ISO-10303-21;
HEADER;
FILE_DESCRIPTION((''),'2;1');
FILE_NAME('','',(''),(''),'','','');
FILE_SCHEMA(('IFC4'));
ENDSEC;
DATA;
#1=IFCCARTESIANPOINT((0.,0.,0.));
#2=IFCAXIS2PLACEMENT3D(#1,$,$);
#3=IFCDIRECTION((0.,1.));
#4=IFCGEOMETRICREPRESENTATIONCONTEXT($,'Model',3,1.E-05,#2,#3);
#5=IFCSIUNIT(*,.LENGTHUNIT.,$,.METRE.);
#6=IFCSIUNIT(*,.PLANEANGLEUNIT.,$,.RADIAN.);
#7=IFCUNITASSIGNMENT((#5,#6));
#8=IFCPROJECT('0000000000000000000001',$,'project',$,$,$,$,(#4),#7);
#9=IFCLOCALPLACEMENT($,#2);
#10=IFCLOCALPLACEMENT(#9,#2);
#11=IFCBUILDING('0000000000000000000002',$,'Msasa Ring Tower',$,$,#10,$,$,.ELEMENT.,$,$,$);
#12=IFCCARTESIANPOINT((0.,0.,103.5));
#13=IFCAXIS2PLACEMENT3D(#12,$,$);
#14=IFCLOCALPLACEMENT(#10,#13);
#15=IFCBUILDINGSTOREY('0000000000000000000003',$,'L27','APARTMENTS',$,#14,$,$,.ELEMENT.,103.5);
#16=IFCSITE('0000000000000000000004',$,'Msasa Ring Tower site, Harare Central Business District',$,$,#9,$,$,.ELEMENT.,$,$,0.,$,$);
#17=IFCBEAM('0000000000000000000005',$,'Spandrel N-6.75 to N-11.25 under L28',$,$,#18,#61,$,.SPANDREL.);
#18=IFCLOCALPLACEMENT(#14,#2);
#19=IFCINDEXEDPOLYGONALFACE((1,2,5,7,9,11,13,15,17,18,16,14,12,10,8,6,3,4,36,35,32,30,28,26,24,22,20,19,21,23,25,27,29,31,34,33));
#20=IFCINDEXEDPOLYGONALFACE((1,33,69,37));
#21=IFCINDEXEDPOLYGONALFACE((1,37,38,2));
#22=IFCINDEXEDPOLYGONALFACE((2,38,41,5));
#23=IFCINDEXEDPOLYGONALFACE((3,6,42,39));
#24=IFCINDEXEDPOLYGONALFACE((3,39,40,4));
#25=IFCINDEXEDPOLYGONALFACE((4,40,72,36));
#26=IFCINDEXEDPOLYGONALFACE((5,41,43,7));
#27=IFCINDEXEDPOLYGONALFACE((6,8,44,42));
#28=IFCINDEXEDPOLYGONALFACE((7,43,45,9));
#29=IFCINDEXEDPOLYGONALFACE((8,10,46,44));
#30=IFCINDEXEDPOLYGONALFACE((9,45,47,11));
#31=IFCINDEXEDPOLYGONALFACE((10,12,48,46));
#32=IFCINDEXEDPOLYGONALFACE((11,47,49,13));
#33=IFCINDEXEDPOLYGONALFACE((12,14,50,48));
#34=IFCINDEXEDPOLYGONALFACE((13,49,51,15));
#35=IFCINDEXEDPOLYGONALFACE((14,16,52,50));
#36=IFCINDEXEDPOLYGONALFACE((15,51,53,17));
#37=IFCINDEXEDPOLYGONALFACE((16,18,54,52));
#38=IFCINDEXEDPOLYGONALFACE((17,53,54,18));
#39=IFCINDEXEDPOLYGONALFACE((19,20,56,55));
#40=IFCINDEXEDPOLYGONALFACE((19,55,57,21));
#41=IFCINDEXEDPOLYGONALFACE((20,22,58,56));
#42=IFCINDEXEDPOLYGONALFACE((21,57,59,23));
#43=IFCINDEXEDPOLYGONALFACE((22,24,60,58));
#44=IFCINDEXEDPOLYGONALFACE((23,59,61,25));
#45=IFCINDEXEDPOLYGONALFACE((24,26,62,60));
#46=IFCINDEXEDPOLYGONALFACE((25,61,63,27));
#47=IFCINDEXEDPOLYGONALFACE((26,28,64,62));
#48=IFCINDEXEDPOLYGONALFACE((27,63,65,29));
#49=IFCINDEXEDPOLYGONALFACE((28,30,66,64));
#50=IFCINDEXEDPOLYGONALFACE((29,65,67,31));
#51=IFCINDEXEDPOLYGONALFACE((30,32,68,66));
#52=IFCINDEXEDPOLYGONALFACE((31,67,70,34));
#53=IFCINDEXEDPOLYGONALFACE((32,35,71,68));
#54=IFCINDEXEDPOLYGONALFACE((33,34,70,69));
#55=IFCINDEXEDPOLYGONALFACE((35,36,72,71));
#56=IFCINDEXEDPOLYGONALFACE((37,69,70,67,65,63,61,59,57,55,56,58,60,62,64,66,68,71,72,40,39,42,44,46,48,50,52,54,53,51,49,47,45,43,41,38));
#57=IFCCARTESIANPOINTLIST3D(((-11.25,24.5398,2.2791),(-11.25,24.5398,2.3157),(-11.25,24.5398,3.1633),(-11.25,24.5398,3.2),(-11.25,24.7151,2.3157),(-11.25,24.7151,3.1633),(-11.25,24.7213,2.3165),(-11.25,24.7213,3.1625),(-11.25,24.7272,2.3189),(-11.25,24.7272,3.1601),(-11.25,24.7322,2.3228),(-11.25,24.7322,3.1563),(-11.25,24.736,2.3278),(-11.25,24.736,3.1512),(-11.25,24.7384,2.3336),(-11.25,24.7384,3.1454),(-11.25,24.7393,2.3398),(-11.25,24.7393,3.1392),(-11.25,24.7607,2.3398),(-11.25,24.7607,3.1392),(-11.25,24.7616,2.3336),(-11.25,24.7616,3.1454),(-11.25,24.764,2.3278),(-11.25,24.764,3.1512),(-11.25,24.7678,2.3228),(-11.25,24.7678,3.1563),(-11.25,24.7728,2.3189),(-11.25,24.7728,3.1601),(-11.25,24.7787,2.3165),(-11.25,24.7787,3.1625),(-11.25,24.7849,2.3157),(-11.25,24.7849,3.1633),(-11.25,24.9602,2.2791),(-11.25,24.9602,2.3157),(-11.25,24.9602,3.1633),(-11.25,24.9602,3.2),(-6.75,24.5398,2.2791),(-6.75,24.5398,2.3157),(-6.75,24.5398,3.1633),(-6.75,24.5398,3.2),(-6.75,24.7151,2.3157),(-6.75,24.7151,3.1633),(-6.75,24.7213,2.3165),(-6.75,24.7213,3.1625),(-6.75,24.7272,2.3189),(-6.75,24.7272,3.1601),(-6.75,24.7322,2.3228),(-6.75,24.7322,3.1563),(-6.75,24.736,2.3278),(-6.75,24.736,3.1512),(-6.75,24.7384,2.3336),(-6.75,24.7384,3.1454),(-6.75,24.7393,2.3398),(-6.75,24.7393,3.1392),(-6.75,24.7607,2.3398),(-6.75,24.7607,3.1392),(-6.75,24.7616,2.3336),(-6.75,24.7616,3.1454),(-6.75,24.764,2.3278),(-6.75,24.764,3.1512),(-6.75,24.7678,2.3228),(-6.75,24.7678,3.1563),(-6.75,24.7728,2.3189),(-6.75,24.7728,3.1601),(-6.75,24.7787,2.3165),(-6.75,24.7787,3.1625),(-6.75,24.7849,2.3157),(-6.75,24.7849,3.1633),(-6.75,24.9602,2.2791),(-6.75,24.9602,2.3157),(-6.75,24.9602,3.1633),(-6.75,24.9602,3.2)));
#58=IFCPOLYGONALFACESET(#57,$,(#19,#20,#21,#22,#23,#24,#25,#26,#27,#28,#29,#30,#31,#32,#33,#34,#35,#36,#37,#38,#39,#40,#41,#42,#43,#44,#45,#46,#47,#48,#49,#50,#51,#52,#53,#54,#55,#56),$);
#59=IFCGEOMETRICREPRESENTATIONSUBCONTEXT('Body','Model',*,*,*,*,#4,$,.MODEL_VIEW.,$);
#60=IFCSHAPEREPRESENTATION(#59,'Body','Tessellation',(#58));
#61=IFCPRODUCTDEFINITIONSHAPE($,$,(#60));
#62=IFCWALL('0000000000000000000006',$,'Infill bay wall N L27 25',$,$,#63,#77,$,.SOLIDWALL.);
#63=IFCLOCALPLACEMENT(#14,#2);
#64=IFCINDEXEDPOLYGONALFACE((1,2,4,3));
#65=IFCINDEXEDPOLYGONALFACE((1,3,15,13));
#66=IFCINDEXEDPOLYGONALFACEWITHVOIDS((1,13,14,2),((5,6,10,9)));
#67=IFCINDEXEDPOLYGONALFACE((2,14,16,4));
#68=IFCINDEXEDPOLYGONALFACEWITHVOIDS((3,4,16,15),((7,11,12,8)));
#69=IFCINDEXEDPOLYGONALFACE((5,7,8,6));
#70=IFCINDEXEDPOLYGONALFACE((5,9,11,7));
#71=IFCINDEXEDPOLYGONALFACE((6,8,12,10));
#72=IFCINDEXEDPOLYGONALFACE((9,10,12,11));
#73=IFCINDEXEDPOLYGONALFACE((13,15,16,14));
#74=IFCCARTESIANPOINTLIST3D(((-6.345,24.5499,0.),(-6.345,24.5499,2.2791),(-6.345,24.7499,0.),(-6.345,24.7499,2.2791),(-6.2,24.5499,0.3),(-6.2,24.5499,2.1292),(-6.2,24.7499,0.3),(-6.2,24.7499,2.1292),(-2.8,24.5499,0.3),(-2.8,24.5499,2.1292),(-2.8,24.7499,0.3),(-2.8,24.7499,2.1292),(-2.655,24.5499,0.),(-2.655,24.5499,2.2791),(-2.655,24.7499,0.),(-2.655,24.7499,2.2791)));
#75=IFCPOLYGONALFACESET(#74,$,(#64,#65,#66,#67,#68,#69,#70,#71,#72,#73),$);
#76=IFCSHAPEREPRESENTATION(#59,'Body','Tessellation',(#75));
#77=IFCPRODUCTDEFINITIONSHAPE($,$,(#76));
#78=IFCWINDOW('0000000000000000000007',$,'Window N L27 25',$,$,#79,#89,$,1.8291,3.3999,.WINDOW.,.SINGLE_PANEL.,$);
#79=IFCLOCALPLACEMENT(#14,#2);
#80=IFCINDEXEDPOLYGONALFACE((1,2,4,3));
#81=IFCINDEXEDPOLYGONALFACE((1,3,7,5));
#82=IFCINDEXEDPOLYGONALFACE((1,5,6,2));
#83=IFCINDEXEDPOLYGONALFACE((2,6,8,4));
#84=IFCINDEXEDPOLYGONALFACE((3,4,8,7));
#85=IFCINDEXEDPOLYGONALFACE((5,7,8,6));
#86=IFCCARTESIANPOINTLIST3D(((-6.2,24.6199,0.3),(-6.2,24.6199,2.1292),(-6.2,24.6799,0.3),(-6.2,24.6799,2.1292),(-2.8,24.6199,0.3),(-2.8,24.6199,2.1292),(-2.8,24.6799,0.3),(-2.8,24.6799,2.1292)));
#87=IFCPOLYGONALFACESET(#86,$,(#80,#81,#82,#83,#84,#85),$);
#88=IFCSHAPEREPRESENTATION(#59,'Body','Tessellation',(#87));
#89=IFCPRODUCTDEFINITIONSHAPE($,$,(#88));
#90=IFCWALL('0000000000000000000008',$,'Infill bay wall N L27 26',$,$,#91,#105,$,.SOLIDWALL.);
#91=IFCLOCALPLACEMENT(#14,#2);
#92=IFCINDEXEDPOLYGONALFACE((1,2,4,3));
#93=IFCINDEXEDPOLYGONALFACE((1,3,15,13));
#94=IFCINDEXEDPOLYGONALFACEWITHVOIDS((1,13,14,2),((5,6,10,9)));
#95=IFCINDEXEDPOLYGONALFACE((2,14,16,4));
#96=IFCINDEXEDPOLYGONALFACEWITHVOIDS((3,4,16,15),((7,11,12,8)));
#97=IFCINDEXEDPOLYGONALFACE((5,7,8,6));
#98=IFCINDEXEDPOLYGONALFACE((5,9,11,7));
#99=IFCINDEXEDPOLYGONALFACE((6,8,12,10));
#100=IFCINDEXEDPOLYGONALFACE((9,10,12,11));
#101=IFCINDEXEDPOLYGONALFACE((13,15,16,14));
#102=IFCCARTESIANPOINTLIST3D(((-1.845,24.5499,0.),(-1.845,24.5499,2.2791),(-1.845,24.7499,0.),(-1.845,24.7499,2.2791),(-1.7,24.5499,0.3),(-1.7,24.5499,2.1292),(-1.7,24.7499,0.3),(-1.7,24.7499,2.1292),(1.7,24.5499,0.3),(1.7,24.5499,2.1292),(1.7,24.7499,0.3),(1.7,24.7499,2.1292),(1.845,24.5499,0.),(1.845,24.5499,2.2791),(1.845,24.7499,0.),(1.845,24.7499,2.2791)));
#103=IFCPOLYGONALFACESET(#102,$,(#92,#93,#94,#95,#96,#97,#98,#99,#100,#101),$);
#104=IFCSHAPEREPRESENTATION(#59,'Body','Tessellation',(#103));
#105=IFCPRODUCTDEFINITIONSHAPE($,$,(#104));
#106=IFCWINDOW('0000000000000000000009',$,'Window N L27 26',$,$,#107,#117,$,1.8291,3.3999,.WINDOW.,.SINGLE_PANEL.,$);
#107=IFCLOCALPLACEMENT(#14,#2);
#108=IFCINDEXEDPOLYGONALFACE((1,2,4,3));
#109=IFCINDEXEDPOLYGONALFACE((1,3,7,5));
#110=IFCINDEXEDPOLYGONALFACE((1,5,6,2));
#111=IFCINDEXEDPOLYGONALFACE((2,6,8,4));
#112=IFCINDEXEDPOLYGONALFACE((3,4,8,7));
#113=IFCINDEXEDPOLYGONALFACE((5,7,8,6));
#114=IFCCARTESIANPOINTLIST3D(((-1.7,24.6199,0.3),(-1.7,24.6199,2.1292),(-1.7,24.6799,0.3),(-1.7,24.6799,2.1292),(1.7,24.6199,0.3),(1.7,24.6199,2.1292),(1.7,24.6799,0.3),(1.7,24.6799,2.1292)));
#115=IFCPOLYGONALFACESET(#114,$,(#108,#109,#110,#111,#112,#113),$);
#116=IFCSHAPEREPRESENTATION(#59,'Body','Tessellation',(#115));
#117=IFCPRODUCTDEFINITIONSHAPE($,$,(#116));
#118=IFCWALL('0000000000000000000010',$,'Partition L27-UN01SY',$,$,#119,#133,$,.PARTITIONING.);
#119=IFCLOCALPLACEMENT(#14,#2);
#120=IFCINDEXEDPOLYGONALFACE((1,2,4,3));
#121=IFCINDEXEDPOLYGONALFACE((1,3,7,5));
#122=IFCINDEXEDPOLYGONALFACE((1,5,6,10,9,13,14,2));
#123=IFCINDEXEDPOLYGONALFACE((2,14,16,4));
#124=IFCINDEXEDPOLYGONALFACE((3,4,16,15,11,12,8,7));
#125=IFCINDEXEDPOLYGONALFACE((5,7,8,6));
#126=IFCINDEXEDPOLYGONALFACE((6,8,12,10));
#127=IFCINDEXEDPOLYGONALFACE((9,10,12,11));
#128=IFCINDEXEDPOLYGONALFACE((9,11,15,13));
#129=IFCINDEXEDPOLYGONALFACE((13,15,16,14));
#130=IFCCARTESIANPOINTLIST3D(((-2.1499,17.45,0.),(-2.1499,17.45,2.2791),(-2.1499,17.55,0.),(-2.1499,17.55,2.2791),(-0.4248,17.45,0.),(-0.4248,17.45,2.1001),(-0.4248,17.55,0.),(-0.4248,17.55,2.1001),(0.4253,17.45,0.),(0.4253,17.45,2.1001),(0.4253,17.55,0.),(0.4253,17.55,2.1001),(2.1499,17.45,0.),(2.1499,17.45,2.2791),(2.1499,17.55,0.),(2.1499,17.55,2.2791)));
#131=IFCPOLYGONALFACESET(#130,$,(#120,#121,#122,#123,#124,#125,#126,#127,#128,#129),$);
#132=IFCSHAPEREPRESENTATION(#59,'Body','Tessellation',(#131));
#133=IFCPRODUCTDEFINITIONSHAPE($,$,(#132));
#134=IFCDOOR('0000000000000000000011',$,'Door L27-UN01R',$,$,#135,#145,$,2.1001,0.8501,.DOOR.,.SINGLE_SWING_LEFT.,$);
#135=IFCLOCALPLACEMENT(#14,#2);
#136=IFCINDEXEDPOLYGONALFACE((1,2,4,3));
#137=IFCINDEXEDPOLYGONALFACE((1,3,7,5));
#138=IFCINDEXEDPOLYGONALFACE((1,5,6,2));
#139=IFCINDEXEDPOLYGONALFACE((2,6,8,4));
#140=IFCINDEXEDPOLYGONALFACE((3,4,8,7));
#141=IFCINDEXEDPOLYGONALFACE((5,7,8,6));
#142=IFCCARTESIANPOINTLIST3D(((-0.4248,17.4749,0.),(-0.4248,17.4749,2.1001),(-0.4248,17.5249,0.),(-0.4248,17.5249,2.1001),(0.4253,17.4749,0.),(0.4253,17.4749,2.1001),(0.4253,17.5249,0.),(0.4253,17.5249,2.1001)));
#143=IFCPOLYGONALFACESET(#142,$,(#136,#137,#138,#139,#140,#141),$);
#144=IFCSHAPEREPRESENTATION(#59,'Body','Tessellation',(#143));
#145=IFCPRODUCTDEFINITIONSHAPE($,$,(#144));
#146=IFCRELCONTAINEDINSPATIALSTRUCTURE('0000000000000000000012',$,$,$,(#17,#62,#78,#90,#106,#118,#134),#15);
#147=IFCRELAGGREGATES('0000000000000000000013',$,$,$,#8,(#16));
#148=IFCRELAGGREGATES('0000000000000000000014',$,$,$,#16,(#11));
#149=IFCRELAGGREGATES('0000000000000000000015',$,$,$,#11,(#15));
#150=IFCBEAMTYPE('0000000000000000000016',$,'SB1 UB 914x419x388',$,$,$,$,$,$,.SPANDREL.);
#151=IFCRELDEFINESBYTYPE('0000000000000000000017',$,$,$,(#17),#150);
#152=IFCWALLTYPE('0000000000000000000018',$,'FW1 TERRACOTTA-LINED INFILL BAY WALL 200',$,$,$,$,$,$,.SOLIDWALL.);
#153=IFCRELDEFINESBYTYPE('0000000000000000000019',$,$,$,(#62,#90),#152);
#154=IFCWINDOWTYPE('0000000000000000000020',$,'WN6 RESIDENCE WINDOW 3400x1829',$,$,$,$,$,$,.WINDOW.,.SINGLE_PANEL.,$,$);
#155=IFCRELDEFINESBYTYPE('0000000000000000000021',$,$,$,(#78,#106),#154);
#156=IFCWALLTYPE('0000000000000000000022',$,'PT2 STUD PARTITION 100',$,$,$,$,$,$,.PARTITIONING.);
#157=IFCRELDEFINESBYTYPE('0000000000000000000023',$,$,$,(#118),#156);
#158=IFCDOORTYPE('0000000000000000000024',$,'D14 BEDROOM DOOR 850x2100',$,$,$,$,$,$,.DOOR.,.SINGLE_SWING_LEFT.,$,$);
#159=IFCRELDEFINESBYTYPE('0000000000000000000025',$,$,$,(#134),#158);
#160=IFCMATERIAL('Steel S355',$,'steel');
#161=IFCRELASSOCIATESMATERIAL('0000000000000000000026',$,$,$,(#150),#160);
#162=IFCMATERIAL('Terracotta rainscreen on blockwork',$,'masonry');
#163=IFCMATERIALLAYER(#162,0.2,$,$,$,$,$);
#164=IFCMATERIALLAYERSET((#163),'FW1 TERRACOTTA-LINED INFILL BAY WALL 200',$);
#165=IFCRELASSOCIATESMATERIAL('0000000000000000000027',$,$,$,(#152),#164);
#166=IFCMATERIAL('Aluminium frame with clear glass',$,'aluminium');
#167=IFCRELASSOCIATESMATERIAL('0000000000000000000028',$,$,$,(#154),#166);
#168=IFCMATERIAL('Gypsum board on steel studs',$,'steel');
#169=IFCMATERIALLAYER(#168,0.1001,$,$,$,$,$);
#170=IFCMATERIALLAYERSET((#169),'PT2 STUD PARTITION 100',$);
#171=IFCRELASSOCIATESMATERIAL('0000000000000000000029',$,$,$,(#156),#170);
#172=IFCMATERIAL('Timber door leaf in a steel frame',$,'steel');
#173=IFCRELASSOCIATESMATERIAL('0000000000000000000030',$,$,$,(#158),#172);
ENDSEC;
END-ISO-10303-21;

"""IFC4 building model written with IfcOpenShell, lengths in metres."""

from ifc_helpers import new_model, si_unit, direction, frame, frame_2d, origin, origin_2d, place, context, subcontext, project, spatial, rectangle, i_section, extrude, material, layer, layer_set, material_profile, profile_set, type_object, element, fill, save


model = new_model("IFC4")

# Units and contexts
model_context = context("Model", 3, precision=1e-05, world=origin(), true_north=direction((0.0, 1.0)))
body_context = subcontext(model_context, "Body", "Model", "MODEL_VIEW")
ifc_project = project(units=[si_unit("LENGTHUNIT", "METRE"), si_unit("PLANEANGLEUNIT", "RADIAN")], contexts=[model_context])

# Site, building, storey
site_placement = place(None, origin())
site = spatial("IfcSite", under=ifc_project, at=site_placement, Name="Msasa Ring Tower site, Harare Central Business District", CompositionType="ELEMENT", RefElevation=0.0)
building_placement = place(site_placement, origin())
building = spatial("IfcBuilding", under=site, at=building_placement, Name="Msasa Ring Tower", CompositionType="ELEMENT")
storey_placement = place(building_placement, frame((0.0, 0.0, 103.5)))
storey = spatial("IfcBuildingStorey", under=building, at=storey_placement, Name="L27", Description="APARTMENTS", CompositionType="ELEMENT", Elevation=103.5)

# Beam
ifc_material_1 = material(Name="Steel S355", Category="steel")
ifc_material_profile_1 = material_profile(ifc_material_1, i_section(OverallWidth=0.4204, OverallDepth=0.9209, WebThickness=0.0215, FlangeThickness=0.0366, FilletRadius=0.0242, at=origin_2d()), Name="UB 914x419x388")
ifc_profile_set_1 = profile_set([ifc_material_profile_1], Name="Steel S355")
beam_type_1 = type_object("IfcBeamType", Name="SB1 UB 914x419x388", PredefinedType="SPANDREL", material=ifc_profile_set_1)
for number, where, z_axis, x_axis, name in (
    (1, (-6.75, 24.75, 2.7395), (-1.0, 0.0, 0.0), (0.0, -1.0, 0.0), "Spandrel N-6.75 to N-11.25 under L28"),
):
    element("IfcBeam", number, at=place(storey_placement, frame(where, z_axis=z_axis, x_axis=x_axis)), inside=storey, type_object=beam_type_1, Name=name, PredefinedType="SPANDREL", context=body_context, shape_type="SweptSolid", body=[
        extrude(i_section(OverallWidth=0.4204, OverallDepth=0.9209, WebThickness=0.0215, FlangeThickness=0.0366, FilletRadius=0.0242, at=origin_2d()), origin(), (0.0, 0.0, 1.0), 4.5),
    ])

# Walls, openings, windows
ifc_material_2 = material(Name="Terracotta rainscreen on blockwork", Category="masonry")
ifc_layer_1 = layer(ifc_material_2, 0.2)
ifc_layer_set_1 = layer_set([ifc_layer_1], Name="FW1 TERRACOTTA-LINED INFILL BAY WALL 200")
wall_type_1 = type_object("IfcWallType", Name="FW1 TERRACOTTA-LINED INFILL BAY WALL 200", PredefinedType="SOLIDWALL", material=ifc_layer_set_1)
wall_1_placement = place(storey_placement, frame((-6.345, 24.6499, 0.0), z_axis=(0.0, 0.0, 1.0), x_axis=(1.0, 0.0, 0.0)))
wall_1 = element("IfcWall", 2, at=wall_1_placement, inside=storey, type_object=wall_type_1, Name="Infill bay wall N L27 25", PredefinedType="SOLIDWALL", context=body_context, shape_type="SweptSolid", body=[
    extrude(rectangle(XDim=3.6899, YDim=0.2, at=frame_2d((1.845, 0.0))), origin(), (0.0, 0.0, 1.0), 2.2791),
])
opening_1_placement = place(wall_1_placement, frame((0.145, 0.0, 0.3)))
opening_1 = element("IfcOpeningElement", 3, at=opening_1_placement, cuts=wall_1, PredefinedType="OPENING", context=body_context, shape_type="SweptSolid", body=[
    extrude(rectangle(XDim=3.3999, YDim=1.8291, at=frame_2d((1.7, 0.9146))), frame((0.0, 0.1099, 0.0), z_axis=(0.0, -1.0, 0.0), x_axis=(1.0, 0.0, 0.0)), (0.0, 0.0, 1.0), 0.22),
])
ifc_material_3 = material(Name="Aluminium frame with clear glass", Category="aluminium")
window_type = type_object("IfcWindowType", Name="WN6 RESIDENCE WINDOW 3400x1829", PartitioningType="SINGLE_PANEL", PredefinedType="WINDOW", material=ifc_material_3)
window_1_placement = place(opening_1_placement, origin())
window_1 = element("IfcWindow", 4, at=window_1_placement, inside=storey, type_object=window_type, Name="Window N L27 25", OverallHeight=1.8291, OverallWidth=3.3999, PartitioningType="SINGLE_PANEL", PredefinedType="WINDOW", context=body_context, shape_type="SweptSolid", body=[
    extrude(rectangle(XDim=3.3999, YDim=1.8291, at=frame_2d((1.7, 0.9146))), frame((0.0, 0.03, 0.0), z_axis=(0.0, -1.0, 0.0), x_axis=(1.0, 0.0, 0.0)), (0.0, 0.0, 1.0), 0.0601),
])
fill(opening_1, window_1)
wall_2_placement = place(storey_placement, frame((-1.845, 24.6499, 0.0), z_axis=(0.0, 0.0, 1.0), x_axis=(1.0, 0.0, 0.0)))
wall_2 = element("IfcWall", 5, at=wall_2_placement, inside=storey, type_object=wall_type_1, Name="Infill bay wall N L27 26", PredefinedType="SOLIDWALL", context=body_context, shape_type="SweptSolid", body=[
    extrude(rectangle(XDim=3.6899, YDim=0.2, at=frame_2d((1.845, 0.0))), origin(), (0.0, 0.0, 1.0), 2.2791),
])
opening_2_placement = place(wall_2_placement, frame((0.145, 0.0, 0.3)))
opening_2 = element("IfcOpeningElement", 6, at=opening_2_placement, cuts=wall_2, PredefinedType="OPENING", context=body_context, shape_type="SweptSolid", body=[
    extrude(rectangle(XDim=3.3999, YDim=1.8291, at=frame_2d((1.7, 0.9146))), frame((0.0, 0.1099, 0.0), z_axis=(0.0, -1.0, 0.0), x_axis=(1.0, 0.0, 0.0)), (0.0, 0.0, 1.0), 0.22),
])
window_2_placement = place(opening_2_placement, origin())
window_2 = element("IfcWindow", 7, at=window_2_placement, inside=storey, type_object=window_type, Name="Window N L27 26", OverallHeight=1.8291, OverallWidth=3.3999, PartitioningType="SINGLE_PANEL", PredefinedType="WINDOW", context=body_context, shape_type="SweptSolid", body=[
    extrude(rectangle(XDim=3.3999, YDim=1.8291, at=frame_2d((1.7, 0.9146))), frame((0.0, 0.03, 0.0), z_axis=(0.0, -1.0, 0.0), x_axis=(1.0, 0.0, 0.0)), (0.0, 0.0, 1.0), 0.0601),
])
fill(opening_2, window_2)

# Wall, opening, door
ifc_material_4 = material(Name="Gypsum board on steel studs", Category="steel")
ifc_layer_2 = layer(ifc_material_4, 0.1001)
ifc_layer_set_2 = layer_set([ifc_layer_2], Name="PT2 STUD PARTITION 100")
wall_type_2 = type_object("IfcWallType", Name="PT2 STUD PARTITION 100", PredefinedType="PARTITIONING", material=ifc_layer_set_2)
wall_3_placement = place(storey_placement, frame((-2.1499, 17.5, 0.0), z_axis=(0.0, 0.0, 1.0), x_axis=(1.0, 0.0, 0.0)))
wall_3 = element("IfcWall", 8, at=wall_3_placement, inside=storey, type_object=wall_type_2, Name="Partition L27-UN01SY", PredefinedType="PARTITIONING", context=body_context, shape_type="SweptSolid", body=[
    extrude(rectangle(XDim=4.2998, YDim=0.1001, at=frame_2d((2.1499, 0.0))), origin(), (0.0, 0.0, 1.0), 2.2791),
])
opening_3_placement = place(wall_3_placement, frame((1.7251, 0.0, 0.0)))
opening_3 = element("IfcOpeningElement", 9, at=opening_3_placement, cuts=wall_3, PredefinedType="OPENING", context=body_context, shape_type="SweptSolid", body=[
    extrude(rectangle(XDim=0.8501, YDim=2.1001, at=frame_2d((0.425, 1.05))), frame((0.0, 0.0601, 0.0), z_axis=(0.0, -1.0, 0.0), x_axis=(1.0, 0.0, 0.0)), (0.0, 0.0, 1.0), 0.1201),
])
ifc_material_5 = material(Name="Timber door leaf in a steel frame", Category="steel")
door_type_1 = type_object("IfcDoorType", Name="D14 BEDROOM DOOR 850x2100", OperationType="SINGLE_SWING_LEFT", PredefinedType="DOOR", material=ifc_material_5)
door_1_placement = place(opening_3_placement, origin())
door_1 = element("IfcDoor", 10, at=door_1_placement, inside=storey, type_object=door_type_1, Name="Door L27-UN01R", OperationType="SINGLE_SWING_LEFT", OverallHeight=2.1001, OverallWidth=0.8501, PredefinedType="DOOR", context=body_context, shape_type="SweptSolid", body=[
    extrude(rectangle(XDim=0.8501, YDim=2.1001, at=frame_2d((0.425, 1.05))), frame((0.0, 0.0249, 0.0), z_axis=(0.0, -1.0, 0.0), x_axis=(1.0, 0.0, 0.0)), (0.0, 0.0, 1.0), 0.05),
])
fill(opening_3, door_1)

save(model, "model.ifc")
